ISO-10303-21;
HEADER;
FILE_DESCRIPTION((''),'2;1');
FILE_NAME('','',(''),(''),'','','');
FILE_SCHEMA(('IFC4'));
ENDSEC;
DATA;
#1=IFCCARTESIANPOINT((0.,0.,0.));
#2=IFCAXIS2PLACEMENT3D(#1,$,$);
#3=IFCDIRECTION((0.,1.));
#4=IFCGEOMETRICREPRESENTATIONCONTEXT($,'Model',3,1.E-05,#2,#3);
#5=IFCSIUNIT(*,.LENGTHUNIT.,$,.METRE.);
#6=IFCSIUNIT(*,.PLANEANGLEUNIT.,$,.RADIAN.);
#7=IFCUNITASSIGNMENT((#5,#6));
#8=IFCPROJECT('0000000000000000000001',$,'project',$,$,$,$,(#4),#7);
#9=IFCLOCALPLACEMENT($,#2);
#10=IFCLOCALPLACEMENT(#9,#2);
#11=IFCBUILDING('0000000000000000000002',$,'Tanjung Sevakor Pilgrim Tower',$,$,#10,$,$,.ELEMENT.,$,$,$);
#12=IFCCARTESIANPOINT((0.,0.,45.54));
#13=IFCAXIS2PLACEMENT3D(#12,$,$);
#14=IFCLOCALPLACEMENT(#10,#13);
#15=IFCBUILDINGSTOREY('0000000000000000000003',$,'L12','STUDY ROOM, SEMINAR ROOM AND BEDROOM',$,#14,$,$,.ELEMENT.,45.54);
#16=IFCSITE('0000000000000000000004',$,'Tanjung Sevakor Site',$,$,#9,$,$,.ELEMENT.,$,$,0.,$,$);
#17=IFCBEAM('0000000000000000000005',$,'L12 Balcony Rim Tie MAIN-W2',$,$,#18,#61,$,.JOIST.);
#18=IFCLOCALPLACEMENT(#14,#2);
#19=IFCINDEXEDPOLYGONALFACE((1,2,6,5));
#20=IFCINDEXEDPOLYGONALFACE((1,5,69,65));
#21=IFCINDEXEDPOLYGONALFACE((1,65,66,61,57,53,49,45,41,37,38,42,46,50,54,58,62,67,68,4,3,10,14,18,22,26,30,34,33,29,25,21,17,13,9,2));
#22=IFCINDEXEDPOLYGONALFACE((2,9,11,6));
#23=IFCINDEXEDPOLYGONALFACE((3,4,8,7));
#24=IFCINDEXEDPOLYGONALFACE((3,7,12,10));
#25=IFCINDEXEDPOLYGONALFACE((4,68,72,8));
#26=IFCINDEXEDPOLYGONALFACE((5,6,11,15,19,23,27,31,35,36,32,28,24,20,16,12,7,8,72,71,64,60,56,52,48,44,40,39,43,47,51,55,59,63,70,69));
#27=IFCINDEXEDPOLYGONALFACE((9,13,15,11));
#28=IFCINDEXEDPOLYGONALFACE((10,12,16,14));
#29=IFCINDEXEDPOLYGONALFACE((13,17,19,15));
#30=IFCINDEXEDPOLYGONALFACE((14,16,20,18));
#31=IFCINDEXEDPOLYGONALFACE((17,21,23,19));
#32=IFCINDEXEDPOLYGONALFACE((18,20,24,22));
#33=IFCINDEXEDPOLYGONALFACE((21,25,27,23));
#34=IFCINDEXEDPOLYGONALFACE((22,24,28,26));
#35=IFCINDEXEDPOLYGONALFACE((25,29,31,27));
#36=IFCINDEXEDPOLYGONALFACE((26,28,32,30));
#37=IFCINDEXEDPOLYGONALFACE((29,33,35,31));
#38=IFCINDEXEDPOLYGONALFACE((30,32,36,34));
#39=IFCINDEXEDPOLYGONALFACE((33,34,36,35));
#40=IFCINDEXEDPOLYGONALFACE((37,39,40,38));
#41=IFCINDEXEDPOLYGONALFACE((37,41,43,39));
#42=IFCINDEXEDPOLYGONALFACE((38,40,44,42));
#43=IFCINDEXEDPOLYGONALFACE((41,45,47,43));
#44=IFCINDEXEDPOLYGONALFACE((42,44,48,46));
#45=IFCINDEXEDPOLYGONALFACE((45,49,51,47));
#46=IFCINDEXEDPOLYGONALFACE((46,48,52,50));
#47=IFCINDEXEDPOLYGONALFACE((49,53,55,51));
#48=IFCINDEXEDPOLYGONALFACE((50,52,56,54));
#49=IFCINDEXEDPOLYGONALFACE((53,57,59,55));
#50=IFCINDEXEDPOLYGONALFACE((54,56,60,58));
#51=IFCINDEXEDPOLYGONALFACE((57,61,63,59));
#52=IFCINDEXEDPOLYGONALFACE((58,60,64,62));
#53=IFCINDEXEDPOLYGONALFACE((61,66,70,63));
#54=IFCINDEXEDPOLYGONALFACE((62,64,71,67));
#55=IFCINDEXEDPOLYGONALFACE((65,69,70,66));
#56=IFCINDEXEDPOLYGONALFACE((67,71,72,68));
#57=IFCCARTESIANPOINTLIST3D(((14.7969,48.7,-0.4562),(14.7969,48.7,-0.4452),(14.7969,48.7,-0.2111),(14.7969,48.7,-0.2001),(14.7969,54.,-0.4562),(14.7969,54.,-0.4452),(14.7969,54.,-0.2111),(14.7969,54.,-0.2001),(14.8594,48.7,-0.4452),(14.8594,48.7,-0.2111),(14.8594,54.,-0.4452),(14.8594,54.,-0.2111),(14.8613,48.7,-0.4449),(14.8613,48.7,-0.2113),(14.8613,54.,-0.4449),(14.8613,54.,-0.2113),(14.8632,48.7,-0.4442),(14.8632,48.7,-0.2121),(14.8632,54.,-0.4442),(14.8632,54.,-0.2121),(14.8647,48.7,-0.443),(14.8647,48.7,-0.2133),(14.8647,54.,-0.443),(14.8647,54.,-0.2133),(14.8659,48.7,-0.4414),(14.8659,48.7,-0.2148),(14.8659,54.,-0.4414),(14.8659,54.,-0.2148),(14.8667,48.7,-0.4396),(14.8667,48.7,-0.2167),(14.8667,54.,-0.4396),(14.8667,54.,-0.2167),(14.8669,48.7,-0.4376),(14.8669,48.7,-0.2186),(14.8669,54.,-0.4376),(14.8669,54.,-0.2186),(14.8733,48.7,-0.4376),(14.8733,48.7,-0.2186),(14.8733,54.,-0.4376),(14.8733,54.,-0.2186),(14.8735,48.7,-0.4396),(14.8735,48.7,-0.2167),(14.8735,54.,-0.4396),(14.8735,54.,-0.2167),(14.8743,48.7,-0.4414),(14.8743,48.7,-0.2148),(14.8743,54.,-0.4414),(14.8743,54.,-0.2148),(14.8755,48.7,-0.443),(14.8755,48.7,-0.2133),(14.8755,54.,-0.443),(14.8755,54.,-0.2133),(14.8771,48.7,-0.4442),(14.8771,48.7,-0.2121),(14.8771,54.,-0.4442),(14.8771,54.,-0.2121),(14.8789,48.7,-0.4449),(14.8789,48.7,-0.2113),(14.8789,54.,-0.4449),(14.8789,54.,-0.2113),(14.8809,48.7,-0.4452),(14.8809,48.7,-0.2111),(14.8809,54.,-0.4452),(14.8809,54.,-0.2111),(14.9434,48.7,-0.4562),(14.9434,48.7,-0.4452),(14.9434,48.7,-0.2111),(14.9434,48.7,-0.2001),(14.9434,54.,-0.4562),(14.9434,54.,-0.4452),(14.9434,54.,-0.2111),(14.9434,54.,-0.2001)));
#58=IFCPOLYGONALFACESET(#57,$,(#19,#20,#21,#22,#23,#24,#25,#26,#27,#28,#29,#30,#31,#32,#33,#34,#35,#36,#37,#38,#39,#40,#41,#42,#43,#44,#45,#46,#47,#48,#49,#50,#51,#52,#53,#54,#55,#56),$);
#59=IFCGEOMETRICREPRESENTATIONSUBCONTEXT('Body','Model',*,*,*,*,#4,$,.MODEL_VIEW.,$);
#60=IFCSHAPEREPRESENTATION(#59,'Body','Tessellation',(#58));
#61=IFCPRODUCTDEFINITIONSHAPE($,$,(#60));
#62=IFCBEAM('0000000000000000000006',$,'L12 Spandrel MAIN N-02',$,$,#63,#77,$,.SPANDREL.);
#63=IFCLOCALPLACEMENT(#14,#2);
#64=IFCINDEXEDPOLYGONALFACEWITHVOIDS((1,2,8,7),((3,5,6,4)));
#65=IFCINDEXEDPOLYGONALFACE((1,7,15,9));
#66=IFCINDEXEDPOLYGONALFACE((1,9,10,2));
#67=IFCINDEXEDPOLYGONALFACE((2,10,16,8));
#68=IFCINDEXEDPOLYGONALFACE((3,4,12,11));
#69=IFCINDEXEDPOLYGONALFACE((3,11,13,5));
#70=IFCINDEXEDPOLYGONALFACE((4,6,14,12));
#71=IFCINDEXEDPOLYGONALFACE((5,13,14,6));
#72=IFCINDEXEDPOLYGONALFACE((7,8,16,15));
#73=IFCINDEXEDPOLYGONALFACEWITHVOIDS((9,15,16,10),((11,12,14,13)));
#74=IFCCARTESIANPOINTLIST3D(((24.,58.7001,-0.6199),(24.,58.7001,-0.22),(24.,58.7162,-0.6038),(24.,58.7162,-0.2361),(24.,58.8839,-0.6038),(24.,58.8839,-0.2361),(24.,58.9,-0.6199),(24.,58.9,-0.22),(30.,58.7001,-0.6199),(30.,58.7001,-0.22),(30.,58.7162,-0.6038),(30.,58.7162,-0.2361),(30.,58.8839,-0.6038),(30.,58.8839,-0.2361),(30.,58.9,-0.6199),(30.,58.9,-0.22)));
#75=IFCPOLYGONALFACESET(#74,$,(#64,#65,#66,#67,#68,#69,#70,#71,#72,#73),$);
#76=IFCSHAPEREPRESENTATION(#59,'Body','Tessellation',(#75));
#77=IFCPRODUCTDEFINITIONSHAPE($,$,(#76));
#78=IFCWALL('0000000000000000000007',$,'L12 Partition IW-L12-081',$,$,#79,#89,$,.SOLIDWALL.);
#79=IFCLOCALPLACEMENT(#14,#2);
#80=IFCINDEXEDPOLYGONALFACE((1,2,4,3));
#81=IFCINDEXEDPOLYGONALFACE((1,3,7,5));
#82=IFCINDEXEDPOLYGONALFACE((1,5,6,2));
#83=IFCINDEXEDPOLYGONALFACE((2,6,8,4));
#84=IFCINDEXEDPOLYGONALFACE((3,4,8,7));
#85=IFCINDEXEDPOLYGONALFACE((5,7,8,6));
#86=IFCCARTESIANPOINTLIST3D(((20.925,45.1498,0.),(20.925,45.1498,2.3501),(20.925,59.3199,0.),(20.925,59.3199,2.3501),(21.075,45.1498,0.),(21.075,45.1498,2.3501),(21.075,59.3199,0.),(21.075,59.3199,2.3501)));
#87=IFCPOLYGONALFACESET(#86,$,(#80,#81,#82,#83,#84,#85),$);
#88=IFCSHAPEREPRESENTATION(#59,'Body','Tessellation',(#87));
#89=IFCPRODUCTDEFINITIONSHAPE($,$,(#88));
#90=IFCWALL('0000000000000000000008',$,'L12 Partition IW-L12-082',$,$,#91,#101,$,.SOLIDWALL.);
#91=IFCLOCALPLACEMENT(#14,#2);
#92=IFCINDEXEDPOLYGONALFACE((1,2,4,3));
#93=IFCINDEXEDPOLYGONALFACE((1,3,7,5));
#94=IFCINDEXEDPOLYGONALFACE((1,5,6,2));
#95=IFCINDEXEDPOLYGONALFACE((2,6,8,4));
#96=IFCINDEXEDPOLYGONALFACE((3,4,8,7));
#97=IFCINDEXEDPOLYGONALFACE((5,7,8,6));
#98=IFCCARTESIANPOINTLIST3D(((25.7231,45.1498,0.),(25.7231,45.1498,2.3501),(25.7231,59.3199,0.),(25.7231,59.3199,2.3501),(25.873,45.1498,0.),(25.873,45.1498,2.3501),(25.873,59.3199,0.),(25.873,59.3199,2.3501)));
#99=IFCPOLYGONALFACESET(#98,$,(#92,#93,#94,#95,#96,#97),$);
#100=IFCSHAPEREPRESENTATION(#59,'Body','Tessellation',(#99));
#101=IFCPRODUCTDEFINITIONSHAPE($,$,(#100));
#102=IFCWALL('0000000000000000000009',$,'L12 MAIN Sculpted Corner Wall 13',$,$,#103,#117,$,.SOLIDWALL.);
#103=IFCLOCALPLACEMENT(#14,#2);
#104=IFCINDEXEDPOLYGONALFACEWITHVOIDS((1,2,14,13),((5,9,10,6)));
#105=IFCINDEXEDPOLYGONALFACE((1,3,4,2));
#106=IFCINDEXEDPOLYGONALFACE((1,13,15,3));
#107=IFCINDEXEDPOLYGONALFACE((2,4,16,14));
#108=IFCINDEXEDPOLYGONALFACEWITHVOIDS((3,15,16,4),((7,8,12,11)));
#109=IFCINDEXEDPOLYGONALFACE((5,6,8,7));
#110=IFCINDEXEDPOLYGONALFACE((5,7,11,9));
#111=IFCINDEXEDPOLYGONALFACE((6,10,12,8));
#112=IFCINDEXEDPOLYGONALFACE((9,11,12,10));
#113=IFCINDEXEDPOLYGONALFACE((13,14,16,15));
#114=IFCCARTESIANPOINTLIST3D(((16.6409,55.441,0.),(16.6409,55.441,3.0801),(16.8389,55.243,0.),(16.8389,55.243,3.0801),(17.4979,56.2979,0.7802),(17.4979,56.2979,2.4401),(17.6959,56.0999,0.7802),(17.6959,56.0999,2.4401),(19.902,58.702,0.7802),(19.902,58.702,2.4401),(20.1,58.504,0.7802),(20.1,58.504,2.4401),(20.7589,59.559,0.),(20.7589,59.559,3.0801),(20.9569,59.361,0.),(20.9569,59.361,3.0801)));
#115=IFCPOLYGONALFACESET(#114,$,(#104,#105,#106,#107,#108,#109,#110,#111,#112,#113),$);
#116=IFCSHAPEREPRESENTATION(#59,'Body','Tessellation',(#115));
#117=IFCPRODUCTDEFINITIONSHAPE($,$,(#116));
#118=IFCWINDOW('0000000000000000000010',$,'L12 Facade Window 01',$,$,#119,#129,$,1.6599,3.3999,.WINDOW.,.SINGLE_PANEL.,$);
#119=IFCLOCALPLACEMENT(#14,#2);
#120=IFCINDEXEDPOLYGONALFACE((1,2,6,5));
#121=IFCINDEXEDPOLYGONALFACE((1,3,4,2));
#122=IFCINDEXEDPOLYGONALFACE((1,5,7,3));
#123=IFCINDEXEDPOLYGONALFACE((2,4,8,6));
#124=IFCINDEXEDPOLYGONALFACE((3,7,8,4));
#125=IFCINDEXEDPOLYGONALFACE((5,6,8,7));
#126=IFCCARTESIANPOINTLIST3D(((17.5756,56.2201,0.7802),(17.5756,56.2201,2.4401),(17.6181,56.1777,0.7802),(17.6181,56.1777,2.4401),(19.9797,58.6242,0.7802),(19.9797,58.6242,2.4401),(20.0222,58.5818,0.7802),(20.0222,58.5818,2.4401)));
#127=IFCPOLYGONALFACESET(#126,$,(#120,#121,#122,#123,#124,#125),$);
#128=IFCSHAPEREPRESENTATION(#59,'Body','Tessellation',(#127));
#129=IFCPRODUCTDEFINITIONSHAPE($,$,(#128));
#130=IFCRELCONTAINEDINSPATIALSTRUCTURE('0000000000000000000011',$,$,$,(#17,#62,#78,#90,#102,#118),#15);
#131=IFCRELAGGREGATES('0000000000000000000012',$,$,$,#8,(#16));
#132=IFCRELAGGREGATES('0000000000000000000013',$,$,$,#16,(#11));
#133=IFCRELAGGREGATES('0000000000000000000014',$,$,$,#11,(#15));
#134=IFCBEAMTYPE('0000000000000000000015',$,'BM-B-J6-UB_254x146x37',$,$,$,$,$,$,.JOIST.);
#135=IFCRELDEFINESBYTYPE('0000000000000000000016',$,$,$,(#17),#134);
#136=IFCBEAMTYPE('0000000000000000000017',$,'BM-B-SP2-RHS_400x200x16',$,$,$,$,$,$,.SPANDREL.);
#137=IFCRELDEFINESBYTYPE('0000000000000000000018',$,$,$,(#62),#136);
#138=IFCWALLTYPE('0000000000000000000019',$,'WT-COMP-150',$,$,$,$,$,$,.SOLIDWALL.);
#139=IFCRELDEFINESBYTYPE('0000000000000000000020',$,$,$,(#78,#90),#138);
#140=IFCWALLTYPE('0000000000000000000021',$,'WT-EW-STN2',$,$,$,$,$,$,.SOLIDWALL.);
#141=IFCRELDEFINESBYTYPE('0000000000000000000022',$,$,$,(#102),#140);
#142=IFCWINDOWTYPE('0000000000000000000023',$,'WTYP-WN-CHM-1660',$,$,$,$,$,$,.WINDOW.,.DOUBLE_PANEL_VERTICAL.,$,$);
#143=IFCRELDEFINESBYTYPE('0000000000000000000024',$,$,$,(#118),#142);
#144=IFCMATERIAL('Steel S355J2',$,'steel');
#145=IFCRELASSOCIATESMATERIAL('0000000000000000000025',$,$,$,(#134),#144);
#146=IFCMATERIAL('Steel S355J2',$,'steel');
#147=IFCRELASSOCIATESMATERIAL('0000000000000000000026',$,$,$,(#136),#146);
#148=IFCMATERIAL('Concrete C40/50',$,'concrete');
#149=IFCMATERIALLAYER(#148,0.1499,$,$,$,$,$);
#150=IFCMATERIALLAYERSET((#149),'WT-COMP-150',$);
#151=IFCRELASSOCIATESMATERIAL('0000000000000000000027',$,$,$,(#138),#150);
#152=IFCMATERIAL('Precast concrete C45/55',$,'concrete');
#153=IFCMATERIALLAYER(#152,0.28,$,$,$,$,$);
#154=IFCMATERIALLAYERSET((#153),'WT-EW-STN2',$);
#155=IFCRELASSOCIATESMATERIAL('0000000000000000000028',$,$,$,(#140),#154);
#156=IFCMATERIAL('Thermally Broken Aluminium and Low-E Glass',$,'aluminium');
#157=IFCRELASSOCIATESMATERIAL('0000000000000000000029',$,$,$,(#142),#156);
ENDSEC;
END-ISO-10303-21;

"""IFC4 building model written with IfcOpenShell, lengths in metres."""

from ifc_helpers import new_model, si_unit, direction, frame, frame_2d, origin, origin_2d, place, context, subcontext, project, spatial, rectangle, hollow_rectangle, i_section, extrude, material, layer, layer_set, material_profile, profile_set, type_object, element, fill, save


model = new_model("IFC4")

# Units and contexts
model_context = context("Model", 3, precision=1e-05, world=origin(), true_north=direction((0.0, 1.0)))
body_context = subcontext(model_context, "Body", "Model", "MODEL_VIEW")
ifc_project = project(units=[si_unit("LENGTHUNIT", "METRE"), si_unit("PLANEANGLEUNIT", "RADIAN")], contexts=[model_context])

# Site, building, storey
site_placement = place(None, origin())
site = spatial("IfcSite", under=ifc_project, at=site_placement, Name="Tanjung Sevakor Site", CompositionType="ELEMENT", RefElevation=0.0)
building_placement = place(site_placement, origin())
building = spatial("IfcBuilding", under=site, at=building_placement, Name="Tanjung Sevakor Pilgrim Tower", CompositionType="ELEMENT")
storey_placement = place(building_placement, frame((0.0, 0.0, 45.54)))
storey = spatial("IfcBuildingStorey", under=building, at=storey_placement, Name="L12", Description="STUDY ROOM, SEMINAR ROOM AND BEDROOM", CompositionType="ELEMENT", Elevation=45.54)

# Beams
ifc_material_1 = material(Name="Steel S355J2", Category="steel")
ifc_material_profile_1 = material_profile(ifc_material_1, i_section(OverallWidth=0.1465, OverallDepth=0.2561, WebThickness=0.0063, FlangeThickness=0.011, FilletRadius=0.0076, at=origin_2d()))
ifc_profile_set_1 = profile_set([ifc_material_profile_1], Name="Steel S355J2")
beam_type_1 = type_object("IfcBeamType", Name="BM-B-J6-UB_254x146x37", PredefinedType="JOIST", material=ifc_profile_set_1)
beam_1_placement = place(storey_placement, frame((14.8701, 48.7, -0.3281), z_axis=(0.0, 1.0, 0.0), x_axis=(-1.0, 0.0, 0.0)))
element("IfcBeam", 1, at=beam_1_placement, inside=storey, type_object=beam_type_1, Name="L12 Balcony Rim Tie MAIN-W2", PredefinedType="JOIST", context=body_context, shape_type="SweptSolid", body=[
    extrude(i_section(OverallWidth=0.1465, OverallDepth=0.2561, WebThickness=0.0063, FlangeThickness=0.011, FilletRadius=0.0076, at=origin_2d()), origin(), (0.0, 0.0, 1.0), 5.3),
])
ifc_material_2 = material(Name="Steel S355J2", Category="steel")
ifc_material_profile_2 = material_profile(ifc_material_2, hollow_rectangle(XDim=0.2, YDim=0.3999, WallThickness=0.0161, at=origin_2d()))
ifc_profile_set_2 = profile_set([ifc_material_profile_2], Name="Steel S355J2")
beam_type_2 = type_object("IfcBeamType", Name="BM-B-SP2-RHS_400x200x16", PredefinedType="SPANDREL", material=ifc_profile_set_2)
beam_2_placement = place(storey_placement, frame((24.0, 58.8, -0.4199), z_axis=(1.0, 0.0, 0.0), x_axis=(0.0, 1.0, 0.0)))
element("IfcBeam", 2, at=beam_2_placement, inside=storey, type_object=beam_type_2, Name="L12 Spandrel MAIN N-02", PredefinedType="SPANDREL", context=body_context, shape_type="SweptSolid", body=[
    extrude(hollow_rectangle(XDim=0.2, YDim=0.3999, WallThickness=0.0161, at=origin_2d()), origin(), (0.0, 0.0, 1.0), 6.0),
])

# Walls
ifc_material_3 = material(Name="Concrete C40/50", Category="concrete")
ifc_layer_1 = layer(ifc_material_3, 0.1499)
ifc_layer_set_1 = layer_set([ifc_layer_1], Name="WT-COMP-150")
wall_type_1 = type_object("IfcWallType", Name="WT-COMP-150", PredefinedType="SOLIDWALL", material=ifc_layer_set_1)
for number, where, z_axis, x_axis, name in (
    (3, (21.0, 45.1499, 0.0), (0.0, 0.0, 1.0), (0.0, 1.0, 0.0), "L12 Partition IW-L12-081"),
    (4, (25.7981, 45.1499, 0.0), (0.0, 0.0, 1.0), (0.0, 1.0, 0.0), "L12 Partition IW-L12-082"),
):
    element("IfcWall", number, at=place(storey_placement, frame(where, z_axis=z_axis, x_axis=x_axis)), inside=storey, type_object=wall_type_1, Name=name, PredefinedType="SOLIDWALL", context=body_context, shape_type="SweptSolid", body=[
        extrude(rectangle(XDim=14.1702, YDim=0.1499, at=frame_2d((7.085, 0.0))), origin(), (0.0, 0.0, 1.0), 2.3501),
    ])

# Wall, opening, window
ifc_material_4 = material(Name="Precast concrete C45/55", Category="concrete")
ifc_layer_2 = layer(ifc_material_4, 0.28)
ifc_layer_set_2 = layer_set([ifc_layer_2], Name="WT-EW-STN2")
wall_type_2 = type_object("IfcWallType", Name="WT-EW-STN2", PredefinedType="SOLIDWALL", material=ifc_layer_set_2)
wall_1_placement = place(storey_placement, frame((20.8579, 59.46, 0.0), z_axis=(0.0, 0.0, 1.0), x_axis=(-0.707107, -0.707107, 0.0)))
wall_1 = element("IfcWall", 5, at=wall_1_placement, inside=storey, type_object=wall_type_2, Name="L12 MAIN Sculpted Corner Wall 13", PredefinedType="SOLIDWALL", context=body_context, shape_type="SweptSolid", body=[
    extrude(rectangle(XDim=5.8237, YDim=0.28, at=frame_2d((2.9119, 0.0))), origin(), (0.0, 0.0, 1.0), 3.0801),
])
opening_1_placement = place(wall_1_placement, frame((1.2119, 0.0, 0.78)))
opening_1 = element("IfcOpeningElement", 6, at=opening_1_placement, cuts=wall_1, PredefinedType="OPENING", context=body_context, shape_type="SweptSolid", body=[
    extrude(rectangle(XDim=3.3999, YDim=1.6599, at=frame_2d((1.7, 0.8301))), frame((0.0, 0.1499, 0.0), z_axis=(0.0, -1.0, 0.0), x_axis=(1.0, 0.0, 0.0)), (0.0, 0.0, 1.0), 0.3),
])
ifc_material_5 = material(Name="Thermally Broken Aluminium and Low-E Glass", Category="aluminium")
window_type_1 = type_object("IfcWindowType", Name="WTYP-WN-CHM-1660", PartitioningType="DOUBLE_PANEL_VERTICAL", PredefinedType="WINDOW", material=ifc_material_5)
window_1_placement = place(opening_1_placement, origin())
window_1 = element("IfcWindow", 7, at=window_1_placement, inside=storey, type_object=window_type_1, Name="L12 Facade Window 01", OverallHeight=1.6599, OverallWidth=3.3999, PartitioningType="SINGLE_PANEL", PredefinedType="WINDOW", context=body_context, shape_type="SweptSolid", body=[
    extrude(rectangle(XDim=3.3999, YDim=1.6599, at=frame_2d((1.7, 0.8301))), frame((0.0, 0.03, 0.0), z_axis=(0.0, -1.0, 0.0), x_axis=(1.0, 0.0, 0.0)), (0.0, 0.0, 1.0), 0.0601),
])
fill(opening_1, window_1)

save(model, "model.ifc")
